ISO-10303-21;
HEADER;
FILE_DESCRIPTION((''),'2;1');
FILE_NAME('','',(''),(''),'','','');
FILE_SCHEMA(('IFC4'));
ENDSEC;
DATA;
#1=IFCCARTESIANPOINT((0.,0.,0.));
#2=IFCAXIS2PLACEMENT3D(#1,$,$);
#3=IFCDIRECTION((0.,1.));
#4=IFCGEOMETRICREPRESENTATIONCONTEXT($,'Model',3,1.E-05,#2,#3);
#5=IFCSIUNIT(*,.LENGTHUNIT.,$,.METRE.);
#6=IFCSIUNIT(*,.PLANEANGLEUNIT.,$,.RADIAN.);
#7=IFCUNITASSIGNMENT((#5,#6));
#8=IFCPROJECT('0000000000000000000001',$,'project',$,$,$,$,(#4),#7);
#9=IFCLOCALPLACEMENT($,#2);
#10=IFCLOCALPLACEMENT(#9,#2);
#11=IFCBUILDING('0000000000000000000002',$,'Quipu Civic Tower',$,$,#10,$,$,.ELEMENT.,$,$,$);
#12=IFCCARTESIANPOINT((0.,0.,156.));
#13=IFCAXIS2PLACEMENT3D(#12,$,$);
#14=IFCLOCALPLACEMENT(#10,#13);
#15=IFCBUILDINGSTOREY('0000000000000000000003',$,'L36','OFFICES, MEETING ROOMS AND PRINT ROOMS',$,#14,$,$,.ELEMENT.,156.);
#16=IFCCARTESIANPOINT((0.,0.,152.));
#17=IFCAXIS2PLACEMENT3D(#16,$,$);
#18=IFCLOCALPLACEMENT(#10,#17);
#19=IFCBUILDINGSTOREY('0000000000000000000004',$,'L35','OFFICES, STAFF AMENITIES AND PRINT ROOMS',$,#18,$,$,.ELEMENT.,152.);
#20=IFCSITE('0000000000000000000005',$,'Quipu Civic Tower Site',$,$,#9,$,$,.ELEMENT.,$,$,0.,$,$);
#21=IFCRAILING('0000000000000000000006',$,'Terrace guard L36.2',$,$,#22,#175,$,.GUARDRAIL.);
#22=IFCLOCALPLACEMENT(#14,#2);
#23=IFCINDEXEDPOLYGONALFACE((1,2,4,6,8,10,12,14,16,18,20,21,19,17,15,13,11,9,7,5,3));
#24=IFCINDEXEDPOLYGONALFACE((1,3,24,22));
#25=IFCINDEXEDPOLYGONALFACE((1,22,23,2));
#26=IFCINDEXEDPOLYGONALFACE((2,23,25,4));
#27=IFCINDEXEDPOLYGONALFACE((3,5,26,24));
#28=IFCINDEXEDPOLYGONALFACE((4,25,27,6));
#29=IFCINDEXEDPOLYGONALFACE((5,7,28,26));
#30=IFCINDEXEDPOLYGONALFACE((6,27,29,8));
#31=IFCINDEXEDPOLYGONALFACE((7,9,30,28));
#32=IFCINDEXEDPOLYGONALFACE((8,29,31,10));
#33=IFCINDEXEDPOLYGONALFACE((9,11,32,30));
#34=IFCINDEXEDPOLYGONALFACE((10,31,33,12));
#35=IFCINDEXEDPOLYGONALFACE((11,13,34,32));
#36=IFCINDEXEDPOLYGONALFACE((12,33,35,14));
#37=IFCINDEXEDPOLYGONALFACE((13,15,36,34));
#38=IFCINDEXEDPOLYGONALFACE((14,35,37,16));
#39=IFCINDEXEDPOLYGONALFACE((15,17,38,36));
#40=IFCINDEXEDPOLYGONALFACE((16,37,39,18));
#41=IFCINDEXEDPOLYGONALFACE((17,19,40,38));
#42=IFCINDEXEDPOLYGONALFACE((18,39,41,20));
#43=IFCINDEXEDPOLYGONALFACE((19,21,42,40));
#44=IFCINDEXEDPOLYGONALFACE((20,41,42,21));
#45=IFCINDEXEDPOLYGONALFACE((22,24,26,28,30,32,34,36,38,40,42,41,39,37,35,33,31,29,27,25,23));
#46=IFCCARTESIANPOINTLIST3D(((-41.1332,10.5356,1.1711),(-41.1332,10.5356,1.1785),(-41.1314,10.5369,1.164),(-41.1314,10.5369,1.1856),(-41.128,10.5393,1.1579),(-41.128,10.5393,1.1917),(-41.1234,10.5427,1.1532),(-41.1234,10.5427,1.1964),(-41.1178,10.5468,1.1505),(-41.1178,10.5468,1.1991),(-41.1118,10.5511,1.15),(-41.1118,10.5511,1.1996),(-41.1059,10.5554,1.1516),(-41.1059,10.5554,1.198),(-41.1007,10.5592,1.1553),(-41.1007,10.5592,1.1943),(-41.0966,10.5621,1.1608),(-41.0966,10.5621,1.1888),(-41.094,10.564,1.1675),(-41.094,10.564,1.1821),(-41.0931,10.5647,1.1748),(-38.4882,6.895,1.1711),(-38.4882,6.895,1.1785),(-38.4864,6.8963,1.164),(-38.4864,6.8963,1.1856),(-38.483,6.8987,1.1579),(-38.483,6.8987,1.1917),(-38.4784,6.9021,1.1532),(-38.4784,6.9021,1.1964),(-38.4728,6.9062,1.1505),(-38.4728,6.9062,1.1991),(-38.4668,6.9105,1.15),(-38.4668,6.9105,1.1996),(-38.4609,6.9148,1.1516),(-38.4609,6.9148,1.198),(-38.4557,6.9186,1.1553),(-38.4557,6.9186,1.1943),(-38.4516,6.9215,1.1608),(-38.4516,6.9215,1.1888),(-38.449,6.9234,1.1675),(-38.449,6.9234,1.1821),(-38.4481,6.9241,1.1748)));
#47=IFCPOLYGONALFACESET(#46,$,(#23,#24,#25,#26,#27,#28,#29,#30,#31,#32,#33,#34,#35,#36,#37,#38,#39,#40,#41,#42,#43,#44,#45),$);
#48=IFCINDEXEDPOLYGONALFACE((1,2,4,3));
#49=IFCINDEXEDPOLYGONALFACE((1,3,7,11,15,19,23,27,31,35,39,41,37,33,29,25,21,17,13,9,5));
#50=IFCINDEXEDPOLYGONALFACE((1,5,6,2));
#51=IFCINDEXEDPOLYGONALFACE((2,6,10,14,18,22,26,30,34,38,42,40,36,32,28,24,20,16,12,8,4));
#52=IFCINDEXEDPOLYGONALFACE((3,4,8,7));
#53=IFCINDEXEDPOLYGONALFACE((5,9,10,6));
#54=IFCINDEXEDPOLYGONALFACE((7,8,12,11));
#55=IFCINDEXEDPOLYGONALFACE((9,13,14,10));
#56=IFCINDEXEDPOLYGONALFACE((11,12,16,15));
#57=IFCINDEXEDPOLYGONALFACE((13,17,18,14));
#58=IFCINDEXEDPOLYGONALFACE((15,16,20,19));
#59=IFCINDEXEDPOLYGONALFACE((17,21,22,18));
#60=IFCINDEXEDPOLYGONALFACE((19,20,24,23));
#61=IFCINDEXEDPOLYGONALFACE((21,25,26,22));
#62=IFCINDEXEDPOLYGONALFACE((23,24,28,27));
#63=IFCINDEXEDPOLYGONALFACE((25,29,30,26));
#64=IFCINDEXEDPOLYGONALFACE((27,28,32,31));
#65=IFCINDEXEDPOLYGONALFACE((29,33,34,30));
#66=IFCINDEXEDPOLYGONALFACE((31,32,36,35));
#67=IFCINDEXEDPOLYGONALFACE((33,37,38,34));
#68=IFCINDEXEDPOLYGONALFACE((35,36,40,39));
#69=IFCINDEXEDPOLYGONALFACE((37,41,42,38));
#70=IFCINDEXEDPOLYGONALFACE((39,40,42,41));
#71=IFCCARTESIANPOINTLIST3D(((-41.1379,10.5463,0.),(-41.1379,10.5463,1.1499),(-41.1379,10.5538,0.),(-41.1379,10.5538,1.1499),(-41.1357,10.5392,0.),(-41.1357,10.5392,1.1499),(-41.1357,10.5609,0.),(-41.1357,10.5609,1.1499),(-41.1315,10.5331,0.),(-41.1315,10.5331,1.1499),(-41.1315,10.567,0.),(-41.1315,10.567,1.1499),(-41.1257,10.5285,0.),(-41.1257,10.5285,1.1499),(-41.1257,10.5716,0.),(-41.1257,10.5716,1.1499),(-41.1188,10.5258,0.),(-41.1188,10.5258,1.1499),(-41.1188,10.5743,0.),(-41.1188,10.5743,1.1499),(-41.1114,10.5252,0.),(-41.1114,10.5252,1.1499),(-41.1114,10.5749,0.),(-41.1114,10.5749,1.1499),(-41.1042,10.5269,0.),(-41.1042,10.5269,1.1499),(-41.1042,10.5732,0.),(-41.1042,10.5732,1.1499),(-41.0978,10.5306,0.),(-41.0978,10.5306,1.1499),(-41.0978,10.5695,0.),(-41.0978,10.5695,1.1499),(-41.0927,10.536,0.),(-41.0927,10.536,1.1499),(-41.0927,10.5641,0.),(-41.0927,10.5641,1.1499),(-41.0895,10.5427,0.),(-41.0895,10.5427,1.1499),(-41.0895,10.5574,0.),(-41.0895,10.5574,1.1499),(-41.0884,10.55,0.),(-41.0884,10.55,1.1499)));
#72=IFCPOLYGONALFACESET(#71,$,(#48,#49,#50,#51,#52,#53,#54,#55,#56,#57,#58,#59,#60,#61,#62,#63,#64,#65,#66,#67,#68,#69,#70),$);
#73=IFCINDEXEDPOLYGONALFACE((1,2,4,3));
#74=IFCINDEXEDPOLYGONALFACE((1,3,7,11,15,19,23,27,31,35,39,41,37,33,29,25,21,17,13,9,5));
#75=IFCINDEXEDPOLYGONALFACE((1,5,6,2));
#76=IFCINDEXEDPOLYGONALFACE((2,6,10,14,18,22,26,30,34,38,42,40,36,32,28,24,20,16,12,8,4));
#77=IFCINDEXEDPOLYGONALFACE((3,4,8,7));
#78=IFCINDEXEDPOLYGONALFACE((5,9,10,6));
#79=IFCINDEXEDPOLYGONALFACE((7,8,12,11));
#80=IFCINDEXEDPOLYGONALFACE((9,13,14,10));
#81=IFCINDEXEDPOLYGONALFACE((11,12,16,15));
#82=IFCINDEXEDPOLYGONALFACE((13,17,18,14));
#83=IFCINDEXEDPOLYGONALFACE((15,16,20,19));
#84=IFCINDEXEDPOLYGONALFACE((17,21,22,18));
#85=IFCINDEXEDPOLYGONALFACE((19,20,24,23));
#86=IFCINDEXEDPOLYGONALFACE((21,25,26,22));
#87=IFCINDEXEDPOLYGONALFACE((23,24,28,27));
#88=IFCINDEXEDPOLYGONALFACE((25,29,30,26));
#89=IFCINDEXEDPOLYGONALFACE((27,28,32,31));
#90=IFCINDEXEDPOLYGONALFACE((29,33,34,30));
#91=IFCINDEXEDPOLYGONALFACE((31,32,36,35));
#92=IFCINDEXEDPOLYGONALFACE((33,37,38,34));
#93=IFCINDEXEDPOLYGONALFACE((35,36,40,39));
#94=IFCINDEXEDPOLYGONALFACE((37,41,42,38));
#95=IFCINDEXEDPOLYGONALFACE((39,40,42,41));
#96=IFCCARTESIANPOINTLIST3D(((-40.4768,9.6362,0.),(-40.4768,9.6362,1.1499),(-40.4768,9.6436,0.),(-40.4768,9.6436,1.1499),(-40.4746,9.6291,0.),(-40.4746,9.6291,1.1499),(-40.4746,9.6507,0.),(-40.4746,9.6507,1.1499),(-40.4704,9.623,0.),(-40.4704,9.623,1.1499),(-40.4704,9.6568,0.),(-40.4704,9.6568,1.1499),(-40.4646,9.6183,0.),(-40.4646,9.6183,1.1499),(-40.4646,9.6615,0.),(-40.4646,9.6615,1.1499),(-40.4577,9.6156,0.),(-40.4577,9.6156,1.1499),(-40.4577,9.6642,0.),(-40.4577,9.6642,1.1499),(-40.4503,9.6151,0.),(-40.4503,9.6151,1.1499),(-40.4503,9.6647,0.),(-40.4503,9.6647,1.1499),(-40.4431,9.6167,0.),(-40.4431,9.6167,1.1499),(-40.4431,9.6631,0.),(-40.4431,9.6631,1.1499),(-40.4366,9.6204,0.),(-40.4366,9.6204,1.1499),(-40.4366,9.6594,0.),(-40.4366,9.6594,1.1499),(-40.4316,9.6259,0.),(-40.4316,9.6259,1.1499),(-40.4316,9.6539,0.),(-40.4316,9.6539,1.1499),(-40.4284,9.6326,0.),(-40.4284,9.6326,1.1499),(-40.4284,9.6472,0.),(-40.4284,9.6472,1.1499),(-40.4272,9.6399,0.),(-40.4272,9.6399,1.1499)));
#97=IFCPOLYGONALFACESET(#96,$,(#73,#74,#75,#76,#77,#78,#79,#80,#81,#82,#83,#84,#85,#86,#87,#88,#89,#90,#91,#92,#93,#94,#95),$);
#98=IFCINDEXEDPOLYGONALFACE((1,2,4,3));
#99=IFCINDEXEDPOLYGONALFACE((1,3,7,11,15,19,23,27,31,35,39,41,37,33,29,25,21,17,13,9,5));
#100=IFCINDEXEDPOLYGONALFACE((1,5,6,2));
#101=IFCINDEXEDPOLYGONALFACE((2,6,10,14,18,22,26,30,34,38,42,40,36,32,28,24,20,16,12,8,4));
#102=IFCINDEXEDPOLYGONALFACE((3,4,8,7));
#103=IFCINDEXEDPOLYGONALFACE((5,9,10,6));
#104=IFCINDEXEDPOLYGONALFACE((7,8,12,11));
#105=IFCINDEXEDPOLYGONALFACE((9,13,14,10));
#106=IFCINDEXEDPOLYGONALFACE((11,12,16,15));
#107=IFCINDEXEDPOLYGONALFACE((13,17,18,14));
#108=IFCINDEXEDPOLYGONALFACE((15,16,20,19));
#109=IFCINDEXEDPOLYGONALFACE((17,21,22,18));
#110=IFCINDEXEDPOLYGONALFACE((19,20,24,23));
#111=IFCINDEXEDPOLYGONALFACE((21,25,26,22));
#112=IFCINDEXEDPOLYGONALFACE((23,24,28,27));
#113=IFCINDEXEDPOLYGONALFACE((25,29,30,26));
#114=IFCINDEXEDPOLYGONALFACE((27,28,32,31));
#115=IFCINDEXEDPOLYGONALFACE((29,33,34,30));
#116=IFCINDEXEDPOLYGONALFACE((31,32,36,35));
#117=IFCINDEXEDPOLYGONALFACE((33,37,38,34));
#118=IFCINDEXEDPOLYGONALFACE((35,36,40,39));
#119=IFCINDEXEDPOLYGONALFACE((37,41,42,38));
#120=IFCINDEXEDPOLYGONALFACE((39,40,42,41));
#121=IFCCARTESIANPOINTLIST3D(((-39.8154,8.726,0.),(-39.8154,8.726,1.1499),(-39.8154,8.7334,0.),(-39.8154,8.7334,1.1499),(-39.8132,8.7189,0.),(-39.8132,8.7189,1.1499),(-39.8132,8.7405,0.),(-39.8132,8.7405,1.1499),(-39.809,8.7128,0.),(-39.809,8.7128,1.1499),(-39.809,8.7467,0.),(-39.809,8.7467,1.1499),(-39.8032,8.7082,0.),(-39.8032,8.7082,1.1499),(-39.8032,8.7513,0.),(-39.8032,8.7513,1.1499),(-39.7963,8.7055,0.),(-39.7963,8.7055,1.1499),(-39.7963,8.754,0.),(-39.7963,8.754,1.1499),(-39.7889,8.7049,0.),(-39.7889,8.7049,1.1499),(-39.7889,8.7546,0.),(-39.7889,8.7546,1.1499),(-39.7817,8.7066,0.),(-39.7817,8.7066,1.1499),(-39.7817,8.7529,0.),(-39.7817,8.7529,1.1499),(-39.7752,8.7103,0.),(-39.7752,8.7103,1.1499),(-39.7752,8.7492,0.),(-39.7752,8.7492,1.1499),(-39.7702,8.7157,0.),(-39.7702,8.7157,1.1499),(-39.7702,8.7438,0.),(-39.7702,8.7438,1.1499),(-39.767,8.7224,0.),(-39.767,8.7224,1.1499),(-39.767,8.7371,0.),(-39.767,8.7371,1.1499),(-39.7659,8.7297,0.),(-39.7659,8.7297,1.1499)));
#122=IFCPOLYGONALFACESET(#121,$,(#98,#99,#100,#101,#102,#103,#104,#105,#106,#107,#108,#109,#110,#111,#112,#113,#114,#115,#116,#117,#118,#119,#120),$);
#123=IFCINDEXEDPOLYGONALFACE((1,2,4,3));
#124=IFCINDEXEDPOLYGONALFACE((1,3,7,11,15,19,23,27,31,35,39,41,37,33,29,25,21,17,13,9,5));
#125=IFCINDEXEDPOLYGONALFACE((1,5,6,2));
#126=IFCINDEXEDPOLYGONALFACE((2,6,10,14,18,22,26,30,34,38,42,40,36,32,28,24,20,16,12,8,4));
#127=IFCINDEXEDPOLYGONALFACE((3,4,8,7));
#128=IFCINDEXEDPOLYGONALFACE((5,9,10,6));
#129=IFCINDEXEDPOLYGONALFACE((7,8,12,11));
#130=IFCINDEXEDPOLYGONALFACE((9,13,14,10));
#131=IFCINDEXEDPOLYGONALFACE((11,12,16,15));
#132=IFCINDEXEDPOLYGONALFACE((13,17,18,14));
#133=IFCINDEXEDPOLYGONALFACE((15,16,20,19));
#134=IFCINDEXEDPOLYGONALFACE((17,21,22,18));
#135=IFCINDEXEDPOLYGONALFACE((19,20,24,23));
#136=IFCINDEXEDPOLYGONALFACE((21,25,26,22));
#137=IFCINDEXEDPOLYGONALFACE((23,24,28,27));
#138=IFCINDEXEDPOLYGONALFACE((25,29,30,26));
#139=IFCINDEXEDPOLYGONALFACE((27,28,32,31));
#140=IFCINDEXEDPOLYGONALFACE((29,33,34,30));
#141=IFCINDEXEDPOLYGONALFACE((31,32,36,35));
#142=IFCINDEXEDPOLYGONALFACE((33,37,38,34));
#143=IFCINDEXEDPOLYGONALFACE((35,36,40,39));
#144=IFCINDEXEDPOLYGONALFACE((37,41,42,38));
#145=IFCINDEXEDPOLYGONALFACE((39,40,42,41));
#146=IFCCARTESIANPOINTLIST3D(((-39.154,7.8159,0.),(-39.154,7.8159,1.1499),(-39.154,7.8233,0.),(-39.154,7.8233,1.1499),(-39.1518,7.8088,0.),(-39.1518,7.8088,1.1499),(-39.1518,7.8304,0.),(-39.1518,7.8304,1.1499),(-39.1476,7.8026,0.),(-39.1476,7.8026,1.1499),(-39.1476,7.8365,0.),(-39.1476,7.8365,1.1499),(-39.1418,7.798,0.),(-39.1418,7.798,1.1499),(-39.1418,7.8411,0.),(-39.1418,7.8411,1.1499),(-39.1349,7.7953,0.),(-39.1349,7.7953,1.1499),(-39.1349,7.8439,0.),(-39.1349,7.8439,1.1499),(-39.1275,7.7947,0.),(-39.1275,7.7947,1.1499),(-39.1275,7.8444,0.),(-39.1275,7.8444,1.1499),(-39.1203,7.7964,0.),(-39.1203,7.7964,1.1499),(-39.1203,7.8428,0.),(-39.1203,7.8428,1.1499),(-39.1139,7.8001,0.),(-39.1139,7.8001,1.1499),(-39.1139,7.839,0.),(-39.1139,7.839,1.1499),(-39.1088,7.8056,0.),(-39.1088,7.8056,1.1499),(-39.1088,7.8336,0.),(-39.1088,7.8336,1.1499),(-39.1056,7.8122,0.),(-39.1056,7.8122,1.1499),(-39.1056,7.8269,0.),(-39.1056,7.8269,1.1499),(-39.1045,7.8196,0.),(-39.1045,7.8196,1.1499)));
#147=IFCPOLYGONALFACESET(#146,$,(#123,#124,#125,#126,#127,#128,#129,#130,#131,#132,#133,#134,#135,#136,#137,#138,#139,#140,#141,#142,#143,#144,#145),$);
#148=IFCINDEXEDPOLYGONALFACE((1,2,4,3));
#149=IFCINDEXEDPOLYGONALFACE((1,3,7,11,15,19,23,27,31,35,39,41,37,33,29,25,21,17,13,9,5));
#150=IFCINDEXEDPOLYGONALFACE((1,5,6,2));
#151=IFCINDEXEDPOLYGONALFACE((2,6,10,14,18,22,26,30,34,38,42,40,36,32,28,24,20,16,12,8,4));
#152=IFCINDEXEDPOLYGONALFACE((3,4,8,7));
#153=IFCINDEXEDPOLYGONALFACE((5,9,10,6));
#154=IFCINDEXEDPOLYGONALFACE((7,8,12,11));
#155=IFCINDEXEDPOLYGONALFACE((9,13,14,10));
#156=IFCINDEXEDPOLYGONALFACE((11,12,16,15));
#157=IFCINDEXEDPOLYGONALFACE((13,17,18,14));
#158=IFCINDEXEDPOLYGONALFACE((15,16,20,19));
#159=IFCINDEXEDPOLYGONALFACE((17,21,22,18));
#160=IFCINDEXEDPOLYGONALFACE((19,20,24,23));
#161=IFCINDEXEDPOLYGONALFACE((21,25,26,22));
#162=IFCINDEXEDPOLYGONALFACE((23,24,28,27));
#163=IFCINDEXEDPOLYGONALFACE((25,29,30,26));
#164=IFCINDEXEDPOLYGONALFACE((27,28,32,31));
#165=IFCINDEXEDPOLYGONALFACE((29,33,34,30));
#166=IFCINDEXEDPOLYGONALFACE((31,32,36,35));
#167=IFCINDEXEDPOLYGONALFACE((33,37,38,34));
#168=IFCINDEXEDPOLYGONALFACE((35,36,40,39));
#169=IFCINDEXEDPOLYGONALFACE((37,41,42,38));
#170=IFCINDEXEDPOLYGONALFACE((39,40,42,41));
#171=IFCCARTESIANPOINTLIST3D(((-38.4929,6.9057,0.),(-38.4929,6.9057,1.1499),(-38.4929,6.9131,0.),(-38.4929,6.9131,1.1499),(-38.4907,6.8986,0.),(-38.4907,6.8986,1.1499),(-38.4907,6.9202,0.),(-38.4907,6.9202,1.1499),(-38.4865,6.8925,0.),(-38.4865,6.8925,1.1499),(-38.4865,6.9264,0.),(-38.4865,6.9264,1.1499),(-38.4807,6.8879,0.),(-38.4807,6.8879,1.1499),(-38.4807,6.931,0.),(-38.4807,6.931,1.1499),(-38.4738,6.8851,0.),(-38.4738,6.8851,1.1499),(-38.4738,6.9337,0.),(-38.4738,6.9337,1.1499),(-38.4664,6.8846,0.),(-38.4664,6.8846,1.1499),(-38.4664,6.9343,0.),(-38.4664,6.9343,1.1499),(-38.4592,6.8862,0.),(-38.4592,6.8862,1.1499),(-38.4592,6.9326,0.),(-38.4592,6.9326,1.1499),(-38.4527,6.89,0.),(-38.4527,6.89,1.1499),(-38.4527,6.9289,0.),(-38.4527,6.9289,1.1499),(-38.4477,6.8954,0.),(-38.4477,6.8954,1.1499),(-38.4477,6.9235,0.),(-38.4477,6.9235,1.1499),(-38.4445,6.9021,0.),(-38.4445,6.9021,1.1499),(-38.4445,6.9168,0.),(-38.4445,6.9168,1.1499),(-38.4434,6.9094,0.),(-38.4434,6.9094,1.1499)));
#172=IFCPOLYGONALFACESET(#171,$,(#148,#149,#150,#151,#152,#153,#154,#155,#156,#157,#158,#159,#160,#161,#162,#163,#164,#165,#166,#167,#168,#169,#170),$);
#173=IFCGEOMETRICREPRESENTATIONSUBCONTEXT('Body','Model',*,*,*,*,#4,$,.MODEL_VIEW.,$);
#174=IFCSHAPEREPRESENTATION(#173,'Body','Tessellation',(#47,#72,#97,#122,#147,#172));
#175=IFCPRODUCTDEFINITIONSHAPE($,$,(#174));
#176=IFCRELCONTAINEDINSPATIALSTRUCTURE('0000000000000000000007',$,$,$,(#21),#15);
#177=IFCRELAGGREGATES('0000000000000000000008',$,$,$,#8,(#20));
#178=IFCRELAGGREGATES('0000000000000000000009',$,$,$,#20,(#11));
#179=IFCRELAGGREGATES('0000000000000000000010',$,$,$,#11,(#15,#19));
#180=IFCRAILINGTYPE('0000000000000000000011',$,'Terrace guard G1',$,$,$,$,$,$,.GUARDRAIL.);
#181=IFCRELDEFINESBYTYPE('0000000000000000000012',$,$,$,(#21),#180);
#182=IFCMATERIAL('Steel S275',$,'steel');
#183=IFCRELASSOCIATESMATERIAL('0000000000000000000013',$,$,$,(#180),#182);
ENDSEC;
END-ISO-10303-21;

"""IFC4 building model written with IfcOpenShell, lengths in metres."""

from ifc_helpers import new_model, si_unit, direction, frame, origin, origin_2d, place, context, subcontext, project, spatial, circle, extrude, material, type_object, element, save


model = new_model("IFC4")

# Units and contexts
model_context = context("Model", 3, precision=1e-05, world=origin(), true_north=direction((0.0, 1.0)))
body_context = subcontext(model_context, "Body", "Model", "MODEL_VIEW")
ifc_project = project(units=[si_unit("LENGTHUNIT", "METRE"), si_unit("PLANEANGLEUNIT", "RADIAN")], contexts=[model_context])

# Site, building, storey
site_placement = place(None, origin())
site = spatial("IfcSite", under=ifc_project, at=site_placement, Name="Quipu Civic Tower Site", CompositionType="ELEMENT", RefElevation=0.0)
building_placement = place(site_placement, origin())
building = spatial("IfcBuilding", under=site, at=building_placement, Name="Quipu Civic Tower", CompositionType="ELEMENT")
storey_1_placement = place(building_placement, frame((0.0, 0.0, 156.0)))
storey_1 = spatial("IfcBuildingStorey", under=building, at=storey_1_placement, Name="L36", Description="OFFICES, MEETING ROOMS AND PRINT ROOMS", CompositionType="ELEMENT", Elevation=156.0)

# Shared definitions
storey_2_placement = place(building_placement, frame((0.0, 0.0, 152.0)))
storey_2 = spatial("IfcBuildingStorey", under=building, at=storey_2_placement, Name="L35", Description="OFFICES, STAFF AMENITIES AND PRINT ROOMS", CompositionType="ELEMENT", Elevation=152.0)

# Railing
ifc_material_1 = material(Name="Steel S275", Category="steel")
railing_type = type_object("IfcRailingType", Name="Terrace guard G1", PredefinedType="GUARDRAIL", material=ifc_material_1)
railing_1_placement = place(storey_1_placement, frame((-41.1133, 10.55, 0.0)))
element("IfcRailing", 1, at=railing_1_placement, inside=storey_1, type_object=railing_type, Name="Terrace guard L36.2", PredefinedType="GUARDRAIL", context=body_context, shape_type="SweptSolid", body=[
    extrude(circle(Radius=0.0249, at=origin_2d()), frame((0.0, 0.0, 1.1748), z_axis=(0.587778, -0.809022, 0.0), x_axis=(0.809022, 0.587778, 0.0)), (0.0, 0.0, 1.0), 4.5),
    extrude(circle(Radius=0.0249, at=origin_2d()), origin(), (0.0, 0.0, 1.0), 1.1499),
    extrude(circle(Radius=0.0249, at=origin_2d()), frame((0.6611, -0.9102, 0.0)), (0.0, 0.0, 1.0), 1.1499),
    extrude(circle(Radius=0.0249, at=origin_2d()), frame((1.3225, -1.8203, 0.0)), (0.0, 0.0, 1.0), 1.1499),
    extrude(circle(Radius=0.0249, at=origin_2d()), frame((1.9839, -2.7305, 0.0)), (0.0, 0.0, 1.0), 1.1499),
    extrude(circle(Radius=0.0249, at=origin_2d()), frame((2.645, -3.6406, 0.0)), (0.0, 0.0, 1.0), 1.1499),
])

save(model, "model.ifc")
